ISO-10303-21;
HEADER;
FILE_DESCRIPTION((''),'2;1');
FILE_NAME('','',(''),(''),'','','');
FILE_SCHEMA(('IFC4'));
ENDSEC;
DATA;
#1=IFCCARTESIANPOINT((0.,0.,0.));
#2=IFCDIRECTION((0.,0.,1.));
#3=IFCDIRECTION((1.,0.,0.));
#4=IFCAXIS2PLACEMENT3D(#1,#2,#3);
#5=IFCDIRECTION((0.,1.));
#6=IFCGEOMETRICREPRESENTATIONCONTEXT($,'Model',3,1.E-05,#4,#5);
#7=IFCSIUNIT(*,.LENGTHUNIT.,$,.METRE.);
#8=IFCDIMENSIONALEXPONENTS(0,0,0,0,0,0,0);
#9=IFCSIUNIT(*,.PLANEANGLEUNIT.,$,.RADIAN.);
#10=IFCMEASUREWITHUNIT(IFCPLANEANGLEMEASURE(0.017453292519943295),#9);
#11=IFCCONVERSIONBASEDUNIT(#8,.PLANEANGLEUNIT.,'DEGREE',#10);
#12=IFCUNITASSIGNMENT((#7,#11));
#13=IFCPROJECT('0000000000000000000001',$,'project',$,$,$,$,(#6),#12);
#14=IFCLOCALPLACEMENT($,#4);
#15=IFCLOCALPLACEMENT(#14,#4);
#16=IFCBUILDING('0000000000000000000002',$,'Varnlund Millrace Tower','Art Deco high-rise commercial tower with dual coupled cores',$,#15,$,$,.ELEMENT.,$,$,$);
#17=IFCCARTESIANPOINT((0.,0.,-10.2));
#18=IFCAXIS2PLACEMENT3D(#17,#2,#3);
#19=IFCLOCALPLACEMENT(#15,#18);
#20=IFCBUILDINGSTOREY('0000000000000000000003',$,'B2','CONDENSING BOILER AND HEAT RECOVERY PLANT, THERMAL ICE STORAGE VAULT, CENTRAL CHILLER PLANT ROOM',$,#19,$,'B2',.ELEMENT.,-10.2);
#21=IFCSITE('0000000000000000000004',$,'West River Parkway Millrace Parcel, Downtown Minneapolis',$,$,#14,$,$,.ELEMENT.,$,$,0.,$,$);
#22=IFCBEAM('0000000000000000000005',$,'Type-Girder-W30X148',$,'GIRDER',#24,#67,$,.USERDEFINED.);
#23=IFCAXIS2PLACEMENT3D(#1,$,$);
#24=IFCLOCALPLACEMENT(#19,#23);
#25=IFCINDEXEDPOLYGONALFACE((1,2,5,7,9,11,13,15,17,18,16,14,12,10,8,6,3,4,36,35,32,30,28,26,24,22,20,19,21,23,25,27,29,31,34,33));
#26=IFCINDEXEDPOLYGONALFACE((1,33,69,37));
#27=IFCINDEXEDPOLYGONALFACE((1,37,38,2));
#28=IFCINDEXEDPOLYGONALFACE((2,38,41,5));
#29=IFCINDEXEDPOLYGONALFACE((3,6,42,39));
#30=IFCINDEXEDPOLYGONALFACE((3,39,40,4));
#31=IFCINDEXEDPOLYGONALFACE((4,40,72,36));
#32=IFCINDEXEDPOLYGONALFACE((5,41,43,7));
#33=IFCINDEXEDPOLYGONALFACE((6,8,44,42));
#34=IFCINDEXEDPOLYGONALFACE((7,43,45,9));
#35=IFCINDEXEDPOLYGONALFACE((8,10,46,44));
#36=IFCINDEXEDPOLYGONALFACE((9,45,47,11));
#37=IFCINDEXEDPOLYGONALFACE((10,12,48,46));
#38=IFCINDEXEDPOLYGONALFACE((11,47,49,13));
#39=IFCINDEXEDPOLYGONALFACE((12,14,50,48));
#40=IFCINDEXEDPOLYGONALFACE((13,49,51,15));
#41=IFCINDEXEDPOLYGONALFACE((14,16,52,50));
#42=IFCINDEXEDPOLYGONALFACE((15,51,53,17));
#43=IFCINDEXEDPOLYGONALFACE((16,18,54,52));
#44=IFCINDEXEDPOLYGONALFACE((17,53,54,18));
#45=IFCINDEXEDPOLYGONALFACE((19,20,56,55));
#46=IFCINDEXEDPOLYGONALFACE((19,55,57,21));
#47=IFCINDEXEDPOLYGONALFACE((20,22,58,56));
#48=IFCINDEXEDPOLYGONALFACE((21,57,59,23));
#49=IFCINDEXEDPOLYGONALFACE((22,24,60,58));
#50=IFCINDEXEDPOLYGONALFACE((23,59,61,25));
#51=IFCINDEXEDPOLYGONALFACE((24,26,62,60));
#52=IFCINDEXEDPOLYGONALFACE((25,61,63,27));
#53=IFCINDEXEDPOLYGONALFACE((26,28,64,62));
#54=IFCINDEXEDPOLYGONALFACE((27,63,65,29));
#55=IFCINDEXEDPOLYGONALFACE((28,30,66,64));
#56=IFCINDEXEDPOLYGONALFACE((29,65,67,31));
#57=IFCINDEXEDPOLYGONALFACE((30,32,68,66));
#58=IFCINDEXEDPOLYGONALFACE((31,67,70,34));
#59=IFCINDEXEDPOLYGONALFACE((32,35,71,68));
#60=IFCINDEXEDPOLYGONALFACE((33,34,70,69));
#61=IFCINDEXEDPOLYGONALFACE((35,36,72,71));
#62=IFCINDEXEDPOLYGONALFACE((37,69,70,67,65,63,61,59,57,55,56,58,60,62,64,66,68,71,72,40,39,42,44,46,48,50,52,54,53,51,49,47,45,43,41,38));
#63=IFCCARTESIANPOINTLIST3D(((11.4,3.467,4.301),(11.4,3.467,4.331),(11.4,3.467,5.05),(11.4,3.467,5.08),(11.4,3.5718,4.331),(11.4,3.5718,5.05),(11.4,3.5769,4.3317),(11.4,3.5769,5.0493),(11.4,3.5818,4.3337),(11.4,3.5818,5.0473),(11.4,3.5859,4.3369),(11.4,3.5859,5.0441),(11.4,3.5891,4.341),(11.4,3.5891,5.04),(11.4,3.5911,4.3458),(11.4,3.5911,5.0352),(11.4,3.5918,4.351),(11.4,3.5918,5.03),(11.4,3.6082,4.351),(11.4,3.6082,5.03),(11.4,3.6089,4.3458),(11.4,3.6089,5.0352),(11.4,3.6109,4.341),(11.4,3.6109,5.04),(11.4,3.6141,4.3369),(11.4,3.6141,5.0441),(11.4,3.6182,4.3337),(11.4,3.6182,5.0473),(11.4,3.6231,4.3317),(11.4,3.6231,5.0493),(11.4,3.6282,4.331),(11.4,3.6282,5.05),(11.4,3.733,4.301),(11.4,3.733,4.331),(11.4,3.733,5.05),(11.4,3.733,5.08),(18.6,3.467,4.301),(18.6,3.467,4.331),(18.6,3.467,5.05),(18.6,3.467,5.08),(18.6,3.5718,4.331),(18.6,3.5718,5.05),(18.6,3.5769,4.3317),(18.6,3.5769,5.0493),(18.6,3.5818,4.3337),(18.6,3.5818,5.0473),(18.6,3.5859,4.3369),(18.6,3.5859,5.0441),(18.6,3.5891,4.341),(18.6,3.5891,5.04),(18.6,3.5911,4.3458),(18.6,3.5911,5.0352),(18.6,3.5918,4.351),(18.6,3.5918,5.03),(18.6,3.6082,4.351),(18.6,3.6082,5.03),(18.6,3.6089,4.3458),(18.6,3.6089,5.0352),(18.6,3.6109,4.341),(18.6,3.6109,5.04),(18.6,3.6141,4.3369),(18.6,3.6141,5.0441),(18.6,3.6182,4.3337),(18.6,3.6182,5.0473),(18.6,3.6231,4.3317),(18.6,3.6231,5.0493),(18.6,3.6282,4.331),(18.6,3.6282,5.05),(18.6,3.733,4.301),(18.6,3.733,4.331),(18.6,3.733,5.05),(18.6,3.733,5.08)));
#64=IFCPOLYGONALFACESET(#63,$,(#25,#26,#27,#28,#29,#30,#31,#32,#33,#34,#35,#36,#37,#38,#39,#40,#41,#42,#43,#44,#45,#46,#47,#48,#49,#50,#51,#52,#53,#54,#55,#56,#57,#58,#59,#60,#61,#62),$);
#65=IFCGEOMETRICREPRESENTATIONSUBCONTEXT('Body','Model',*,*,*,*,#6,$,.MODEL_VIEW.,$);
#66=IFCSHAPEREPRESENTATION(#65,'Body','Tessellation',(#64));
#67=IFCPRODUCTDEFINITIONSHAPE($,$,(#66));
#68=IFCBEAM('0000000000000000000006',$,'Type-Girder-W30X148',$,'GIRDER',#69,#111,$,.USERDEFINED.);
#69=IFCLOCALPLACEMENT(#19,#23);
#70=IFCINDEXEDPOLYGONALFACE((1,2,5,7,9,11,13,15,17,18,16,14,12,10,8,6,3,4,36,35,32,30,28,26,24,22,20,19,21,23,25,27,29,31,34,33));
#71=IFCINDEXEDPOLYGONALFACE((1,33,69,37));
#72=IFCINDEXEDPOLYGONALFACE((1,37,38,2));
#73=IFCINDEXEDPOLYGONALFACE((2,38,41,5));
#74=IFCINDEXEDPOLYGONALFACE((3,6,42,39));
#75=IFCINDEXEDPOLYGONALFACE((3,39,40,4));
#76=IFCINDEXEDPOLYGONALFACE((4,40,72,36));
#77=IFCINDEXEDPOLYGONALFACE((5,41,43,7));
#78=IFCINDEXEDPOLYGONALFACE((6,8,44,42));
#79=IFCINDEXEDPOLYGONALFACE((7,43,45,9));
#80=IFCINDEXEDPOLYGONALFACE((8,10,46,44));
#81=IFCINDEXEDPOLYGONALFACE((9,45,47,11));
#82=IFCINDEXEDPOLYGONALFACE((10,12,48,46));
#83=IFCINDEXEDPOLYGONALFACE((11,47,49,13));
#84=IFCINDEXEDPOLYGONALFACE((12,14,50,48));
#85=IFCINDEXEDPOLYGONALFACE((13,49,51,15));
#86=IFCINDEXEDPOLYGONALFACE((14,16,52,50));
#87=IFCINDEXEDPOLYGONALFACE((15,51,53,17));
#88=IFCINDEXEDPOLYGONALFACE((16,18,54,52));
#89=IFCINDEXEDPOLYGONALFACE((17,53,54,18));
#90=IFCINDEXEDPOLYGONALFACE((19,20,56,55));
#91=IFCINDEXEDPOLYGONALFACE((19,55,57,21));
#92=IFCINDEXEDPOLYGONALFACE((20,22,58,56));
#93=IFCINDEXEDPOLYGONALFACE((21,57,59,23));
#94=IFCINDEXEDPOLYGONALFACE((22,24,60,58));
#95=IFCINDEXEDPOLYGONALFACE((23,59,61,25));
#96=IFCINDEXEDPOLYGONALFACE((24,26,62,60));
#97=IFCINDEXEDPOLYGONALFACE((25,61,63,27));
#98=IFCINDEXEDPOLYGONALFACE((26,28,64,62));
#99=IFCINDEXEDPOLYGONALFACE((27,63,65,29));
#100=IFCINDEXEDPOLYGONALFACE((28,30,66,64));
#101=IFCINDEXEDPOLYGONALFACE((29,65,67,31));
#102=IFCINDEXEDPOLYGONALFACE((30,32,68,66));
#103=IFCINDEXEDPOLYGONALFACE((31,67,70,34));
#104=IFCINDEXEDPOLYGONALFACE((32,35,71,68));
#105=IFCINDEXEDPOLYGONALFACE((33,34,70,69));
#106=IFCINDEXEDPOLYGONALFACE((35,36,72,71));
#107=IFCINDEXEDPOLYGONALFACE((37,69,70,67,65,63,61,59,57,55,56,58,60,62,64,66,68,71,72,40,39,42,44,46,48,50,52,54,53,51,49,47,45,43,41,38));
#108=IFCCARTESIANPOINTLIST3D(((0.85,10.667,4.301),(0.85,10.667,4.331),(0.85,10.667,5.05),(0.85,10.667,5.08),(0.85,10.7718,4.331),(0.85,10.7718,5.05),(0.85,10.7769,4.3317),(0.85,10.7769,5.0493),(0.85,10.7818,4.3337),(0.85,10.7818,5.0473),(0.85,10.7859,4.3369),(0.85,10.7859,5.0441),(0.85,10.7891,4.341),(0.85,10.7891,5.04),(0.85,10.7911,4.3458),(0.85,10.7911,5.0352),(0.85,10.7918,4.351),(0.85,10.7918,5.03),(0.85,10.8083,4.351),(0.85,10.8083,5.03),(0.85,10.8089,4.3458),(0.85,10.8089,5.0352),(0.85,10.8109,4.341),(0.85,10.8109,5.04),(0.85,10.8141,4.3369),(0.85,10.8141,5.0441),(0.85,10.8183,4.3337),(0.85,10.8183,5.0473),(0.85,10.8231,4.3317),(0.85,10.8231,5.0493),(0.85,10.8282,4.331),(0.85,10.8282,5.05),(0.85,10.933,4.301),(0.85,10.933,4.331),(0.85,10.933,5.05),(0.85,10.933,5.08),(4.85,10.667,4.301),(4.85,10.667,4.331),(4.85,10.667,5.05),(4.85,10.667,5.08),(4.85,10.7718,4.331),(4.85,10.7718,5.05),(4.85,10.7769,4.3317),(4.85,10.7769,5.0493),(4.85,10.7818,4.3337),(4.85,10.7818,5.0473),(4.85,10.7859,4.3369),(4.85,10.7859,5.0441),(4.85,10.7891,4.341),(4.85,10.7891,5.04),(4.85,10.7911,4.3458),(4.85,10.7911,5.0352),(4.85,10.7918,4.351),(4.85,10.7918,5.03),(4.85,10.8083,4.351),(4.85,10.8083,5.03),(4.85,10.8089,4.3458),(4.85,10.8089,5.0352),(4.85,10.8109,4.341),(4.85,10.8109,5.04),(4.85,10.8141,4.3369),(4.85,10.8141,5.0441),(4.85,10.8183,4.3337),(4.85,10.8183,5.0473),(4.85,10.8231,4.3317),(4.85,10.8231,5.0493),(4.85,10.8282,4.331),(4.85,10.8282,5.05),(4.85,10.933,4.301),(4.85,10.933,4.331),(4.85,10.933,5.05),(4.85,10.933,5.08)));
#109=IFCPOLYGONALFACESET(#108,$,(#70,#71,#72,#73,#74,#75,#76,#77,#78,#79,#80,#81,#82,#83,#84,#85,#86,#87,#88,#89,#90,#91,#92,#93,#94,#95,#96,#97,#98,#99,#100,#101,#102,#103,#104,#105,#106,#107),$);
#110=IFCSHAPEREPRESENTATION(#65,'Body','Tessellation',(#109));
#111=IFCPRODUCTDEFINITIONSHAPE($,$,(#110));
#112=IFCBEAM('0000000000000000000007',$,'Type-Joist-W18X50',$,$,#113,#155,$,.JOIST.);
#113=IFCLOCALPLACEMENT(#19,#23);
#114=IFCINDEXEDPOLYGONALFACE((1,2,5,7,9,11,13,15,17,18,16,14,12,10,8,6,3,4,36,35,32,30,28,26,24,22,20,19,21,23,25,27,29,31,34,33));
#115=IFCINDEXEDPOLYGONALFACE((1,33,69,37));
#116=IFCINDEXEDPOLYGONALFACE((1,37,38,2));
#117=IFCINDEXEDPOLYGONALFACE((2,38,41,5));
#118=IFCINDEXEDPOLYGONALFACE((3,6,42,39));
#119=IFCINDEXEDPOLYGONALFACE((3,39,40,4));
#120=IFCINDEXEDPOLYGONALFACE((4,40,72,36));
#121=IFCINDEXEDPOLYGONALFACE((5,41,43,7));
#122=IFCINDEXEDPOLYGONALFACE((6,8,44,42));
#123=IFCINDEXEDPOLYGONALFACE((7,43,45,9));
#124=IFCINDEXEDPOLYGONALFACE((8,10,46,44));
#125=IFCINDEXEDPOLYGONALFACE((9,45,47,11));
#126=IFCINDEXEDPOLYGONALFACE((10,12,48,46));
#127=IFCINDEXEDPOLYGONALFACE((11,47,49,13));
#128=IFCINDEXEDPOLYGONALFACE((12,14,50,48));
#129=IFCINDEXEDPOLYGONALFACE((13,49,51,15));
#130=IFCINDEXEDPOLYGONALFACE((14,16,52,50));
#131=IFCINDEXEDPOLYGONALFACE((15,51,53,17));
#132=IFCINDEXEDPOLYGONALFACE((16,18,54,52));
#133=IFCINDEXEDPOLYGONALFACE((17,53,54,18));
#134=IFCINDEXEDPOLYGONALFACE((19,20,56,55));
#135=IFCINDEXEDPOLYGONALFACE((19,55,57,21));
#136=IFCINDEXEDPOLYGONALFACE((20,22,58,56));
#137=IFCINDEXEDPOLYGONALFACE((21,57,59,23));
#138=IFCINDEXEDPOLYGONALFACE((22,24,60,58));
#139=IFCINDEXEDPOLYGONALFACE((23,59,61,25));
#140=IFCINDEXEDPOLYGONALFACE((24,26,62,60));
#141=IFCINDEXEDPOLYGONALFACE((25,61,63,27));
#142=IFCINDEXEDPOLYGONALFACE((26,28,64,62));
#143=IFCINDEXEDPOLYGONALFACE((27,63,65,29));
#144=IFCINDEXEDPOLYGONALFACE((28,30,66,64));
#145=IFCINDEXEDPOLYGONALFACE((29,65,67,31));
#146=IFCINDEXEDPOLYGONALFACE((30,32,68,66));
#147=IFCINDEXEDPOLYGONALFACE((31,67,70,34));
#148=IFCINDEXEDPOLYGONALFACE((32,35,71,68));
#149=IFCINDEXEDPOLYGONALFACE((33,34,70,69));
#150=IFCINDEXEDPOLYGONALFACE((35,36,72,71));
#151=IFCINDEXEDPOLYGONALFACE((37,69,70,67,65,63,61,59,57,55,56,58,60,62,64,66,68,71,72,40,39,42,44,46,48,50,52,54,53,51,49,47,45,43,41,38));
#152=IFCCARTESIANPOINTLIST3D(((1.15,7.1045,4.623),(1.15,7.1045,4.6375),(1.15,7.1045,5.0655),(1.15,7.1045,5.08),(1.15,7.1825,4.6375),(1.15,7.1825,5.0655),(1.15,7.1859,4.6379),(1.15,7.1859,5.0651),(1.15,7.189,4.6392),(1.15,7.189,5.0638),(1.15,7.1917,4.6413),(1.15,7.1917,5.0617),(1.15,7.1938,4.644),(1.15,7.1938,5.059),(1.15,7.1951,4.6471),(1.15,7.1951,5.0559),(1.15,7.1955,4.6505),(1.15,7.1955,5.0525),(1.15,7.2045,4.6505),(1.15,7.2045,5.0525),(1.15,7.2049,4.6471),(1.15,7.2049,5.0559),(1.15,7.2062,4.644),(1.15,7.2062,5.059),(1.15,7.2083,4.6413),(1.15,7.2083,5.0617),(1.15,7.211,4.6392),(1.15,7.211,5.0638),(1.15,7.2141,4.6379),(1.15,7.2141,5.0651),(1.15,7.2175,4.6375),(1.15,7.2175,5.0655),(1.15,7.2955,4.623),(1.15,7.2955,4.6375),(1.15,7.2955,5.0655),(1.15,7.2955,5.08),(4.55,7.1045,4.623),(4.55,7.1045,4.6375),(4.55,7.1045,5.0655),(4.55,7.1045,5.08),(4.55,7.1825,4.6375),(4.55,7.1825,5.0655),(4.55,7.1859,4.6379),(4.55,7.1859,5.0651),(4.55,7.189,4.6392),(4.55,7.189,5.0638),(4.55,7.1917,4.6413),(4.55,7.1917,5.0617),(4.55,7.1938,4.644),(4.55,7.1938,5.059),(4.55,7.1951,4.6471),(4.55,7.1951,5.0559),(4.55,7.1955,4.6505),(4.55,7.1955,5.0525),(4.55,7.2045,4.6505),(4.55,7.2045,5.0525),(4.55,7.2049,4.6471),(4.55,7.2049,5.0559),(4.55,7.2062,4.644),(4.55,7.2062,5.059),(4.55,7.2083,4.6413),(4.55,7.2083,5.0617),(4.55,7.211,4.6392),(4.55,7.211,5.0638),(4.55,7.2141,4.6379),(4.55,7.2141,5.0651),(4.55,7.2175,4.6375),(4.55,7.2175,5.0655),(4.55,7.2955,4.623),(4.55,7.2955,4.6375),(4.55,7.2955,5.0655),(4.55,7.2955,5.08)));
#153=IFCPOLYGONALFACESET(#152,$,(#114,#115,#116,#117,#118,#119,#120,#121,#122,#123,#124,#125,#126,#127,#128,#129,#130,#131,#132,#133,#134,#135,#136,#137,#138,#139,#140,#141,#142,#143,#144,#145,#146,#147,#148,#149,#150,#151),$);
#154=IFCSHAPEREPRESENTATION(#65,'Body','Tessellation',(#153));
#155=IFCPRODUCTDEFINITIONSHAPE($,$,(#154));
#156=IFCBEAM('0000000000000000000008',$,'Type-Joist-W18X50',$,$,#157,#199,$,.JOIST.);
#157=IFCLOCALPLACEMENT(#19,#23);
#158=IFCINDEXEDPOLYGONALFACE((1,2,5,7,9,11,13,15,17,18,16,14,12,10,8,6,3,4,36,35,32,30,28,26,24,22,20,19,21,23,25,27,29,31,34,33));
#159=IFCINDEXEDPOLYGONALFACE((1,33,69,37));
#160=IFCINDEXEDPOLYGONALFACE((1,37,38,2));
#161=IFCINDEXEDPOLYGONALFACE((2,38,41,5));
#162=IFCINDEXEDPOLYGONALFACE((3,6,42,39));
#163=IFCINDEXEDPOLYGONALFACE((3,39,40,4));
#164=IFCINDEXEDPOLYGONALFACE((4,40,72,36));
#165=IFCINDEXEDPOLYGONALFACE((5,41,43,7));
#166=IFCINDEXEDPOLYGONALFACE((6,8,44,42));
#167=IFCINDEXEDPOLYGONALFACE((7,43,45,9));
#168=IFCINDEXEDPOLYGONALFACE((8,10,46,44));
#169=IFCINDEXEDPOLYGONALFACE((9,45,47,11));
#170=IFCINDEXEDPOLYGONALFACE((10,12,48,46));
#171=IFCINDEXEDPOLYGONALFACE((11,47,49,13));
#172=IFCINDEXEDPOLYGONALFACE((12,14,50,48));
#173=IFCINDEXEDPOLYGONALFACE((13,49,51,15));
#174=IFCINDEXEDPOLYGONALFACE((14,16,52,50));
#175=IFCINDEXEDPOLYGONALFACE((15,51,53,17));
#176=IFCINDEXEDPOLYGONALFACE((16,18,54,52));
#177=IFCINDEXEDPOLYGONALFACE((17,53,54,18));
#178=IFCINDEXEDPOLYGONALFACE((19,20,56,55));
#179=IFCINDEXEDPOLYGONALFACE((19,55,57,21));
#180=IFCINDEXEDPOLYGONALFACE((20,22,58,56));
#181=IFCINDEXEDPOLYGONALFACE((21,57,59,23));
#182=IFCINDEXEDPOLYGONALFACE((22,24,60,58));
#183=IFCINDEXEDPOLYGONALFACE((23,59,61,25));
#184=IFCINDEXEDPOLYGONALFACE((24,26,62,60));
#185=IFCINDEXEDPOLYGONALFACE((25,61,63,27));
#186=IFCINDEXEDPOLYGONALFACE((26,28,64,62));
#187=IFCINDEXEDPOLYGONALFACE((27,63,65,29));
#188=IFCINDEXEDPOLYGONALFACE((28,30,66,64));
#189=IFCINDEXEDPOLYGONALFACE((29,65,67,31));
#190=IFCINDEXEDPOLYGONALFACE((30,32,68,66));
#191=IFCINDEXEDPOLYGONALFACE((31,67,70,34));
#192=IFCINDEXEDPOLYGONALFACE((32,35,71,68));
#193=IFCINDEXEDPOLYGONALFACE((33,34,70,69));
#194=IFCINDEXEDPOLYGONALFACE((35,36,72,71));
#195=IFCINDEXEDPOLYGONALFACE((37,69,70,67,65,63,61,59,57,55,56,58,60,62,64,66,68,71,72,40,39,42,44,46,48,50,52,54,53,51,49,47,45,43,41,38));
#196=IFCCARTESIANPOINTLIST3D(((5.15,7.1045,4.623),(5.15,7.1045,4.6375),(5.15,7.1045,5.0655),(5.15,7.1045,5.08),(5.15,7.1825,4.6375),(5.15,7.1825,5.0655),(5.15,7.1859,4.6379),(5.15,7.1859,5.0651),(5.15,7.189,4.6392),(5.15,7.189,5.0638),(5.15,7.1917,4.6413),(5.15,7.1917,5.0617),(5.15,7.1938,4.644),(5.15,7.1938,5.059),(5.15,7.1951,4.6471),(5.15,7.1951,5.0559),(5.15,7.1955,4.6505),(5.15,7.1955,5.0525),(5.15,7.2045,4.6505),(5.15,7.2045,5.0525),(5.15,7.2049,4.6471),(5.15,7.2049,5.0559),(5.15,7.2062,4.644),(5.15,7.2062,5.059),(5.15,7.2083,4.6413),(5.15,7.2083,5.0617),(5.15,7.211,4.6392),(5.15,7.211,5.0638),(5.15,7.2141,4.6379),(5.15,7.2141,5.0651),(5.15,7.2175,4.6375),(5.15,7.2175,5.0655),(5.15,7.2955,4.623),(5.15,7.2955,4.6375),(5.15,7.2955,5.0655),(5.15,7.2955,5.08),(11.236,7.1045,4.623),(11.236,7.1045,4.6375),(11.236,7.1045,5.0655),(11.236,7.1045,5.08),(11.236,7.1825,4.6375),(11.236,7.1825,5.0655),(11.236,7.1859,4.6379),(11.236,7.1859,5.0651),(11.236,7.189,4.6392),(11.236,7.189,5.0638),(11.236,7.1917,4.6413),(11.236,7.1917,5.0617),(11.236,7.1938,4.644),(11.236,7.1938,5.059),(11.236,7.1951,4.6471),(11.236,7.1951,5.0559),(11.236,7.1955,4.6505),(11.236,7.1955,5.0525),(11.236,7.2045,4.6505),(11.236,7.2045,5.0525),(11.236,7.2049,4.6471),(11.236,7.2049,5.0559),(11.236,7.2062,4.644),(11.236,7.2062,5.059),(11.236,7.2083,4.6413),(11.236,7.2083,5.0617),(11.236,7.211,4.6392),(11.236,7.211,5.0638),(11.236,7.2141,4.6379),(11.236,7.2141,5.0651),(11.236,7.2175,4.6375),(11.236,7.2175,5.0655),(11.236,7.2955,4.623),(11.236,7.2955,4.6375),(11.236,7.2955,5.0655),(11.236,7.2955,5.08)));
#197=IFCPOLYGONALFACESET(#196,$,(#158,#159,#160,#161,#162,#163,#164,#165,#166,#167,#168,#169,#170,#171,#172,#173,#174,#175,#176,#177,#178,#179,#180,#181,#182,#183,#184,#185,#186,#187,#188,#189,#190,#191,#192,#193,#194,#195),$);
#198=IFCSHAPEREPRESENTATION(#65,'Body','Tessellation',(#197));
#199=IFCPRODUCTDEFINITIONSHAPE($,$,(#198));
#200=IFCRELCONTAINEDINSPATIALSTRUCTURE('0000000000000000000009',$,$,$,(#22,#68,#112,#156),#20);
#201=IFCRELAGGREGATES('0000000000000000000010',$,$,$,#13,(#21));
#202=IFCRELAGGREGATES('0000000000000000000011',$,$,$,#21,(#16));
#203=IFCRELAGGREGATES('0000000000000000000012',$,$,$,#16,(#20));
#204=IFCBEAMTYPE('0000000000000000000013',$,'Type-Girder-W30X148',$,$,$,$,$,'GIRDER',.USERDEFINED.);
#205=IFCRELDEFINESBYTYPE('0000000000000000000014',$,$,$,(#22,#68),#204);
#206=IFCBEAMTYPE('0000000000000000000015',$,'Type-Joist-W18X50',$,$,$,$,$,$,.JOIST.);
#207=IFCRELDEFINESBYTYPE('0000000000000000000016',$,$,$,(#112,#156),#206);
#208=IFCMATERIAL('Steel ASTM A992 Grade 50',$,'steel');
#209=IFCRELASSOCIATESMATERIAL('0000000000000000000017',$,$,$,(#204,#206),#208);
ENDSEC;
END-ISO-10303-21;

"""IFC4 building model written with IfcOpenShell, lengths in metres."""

from ifc_helpers import new_model, entity, si_unit, converted_unit, direction, frame, origin_with_axes, origin_2d_with_axis, place, context, subcontext, project, spatial, i_section, extrude, material, material_profile, profile_set, type_object, element, save


model = new_model("IFC4")

# Units and contexts
model_context = context("Model", 3, precision=1e-05, world=origin_with_axes(), true_north=direction((0.0, 1.0)))
body_context = subcontext(model_context, "Body", "Model", "MODEL_VIEW")
ifc_project = project(units=[si_unit("LENGTHUNIT", "METRE"), converted_unit("PLANEANGLEUNIT", "DEGREE", entity("IfcPlaneAngleMeasure", 0.017453292519943295), si_unit("PLANEANGLEUNIT", "RADIAN"), dimensions=[0, 0, 0, 0, 0, 0, 0])], contexts=[model_context])

# Site, building, storey
site_placement = place(None, origin_with_axes())
site = spatial("IfcSite", under=ifc_project, at=site_placement, Name="West River Parkway Millrace Parcel, Downtown Minneapolis", CompositionType="ELEMENT", RefElevation=0.0)
building_placement = place(site_placement, origin_with_axes())
building = spatial("IfcBuilding", under=site, at=building_placement, Name="Varnlund Millrace Tower", Description="Art Deco high-rise commercial tower with dual coupled cores", CompositionType="ELEMENT")
storey_placement = place(building_placement, frame((0.0, 0.0, -10.2), z_axis=(0.0, 0.0, 1.0), x_axis=(1.0, 0.0, 0.0)))
storey = spatial("IfcBuildingStorey", under=building, at=storey_placement, Name="B2", Description="CONDENSING BOILER AND HEAT RECOVERY PLANT, THERMAL ICE STORAGE VAULT, CENTRAL CHILLER PLANT ROOM", LongName="B2", CompositionType="ELEMENT", Elevation=-10.2)

# Beams
ifc_material_1 = material(Name="Steel ASTM A992 Grade 50", Category="steel")
ifc_material_profile_1 = material_profile(ifc_material_1, i_section(OverallWidth=0.266, OverallDepth=0.779, WebThickness=0.0165, FlangeThickness=0.03, FilletRadius=0.02, at=origin_2d_with_axis()), Name="Steel ASTM A992 Grade 50")
ifc_profile_set_1 = profile_set([ifc_material_profile_1], Name="Steel ASTM A992 Grade 50")
beam_type_1 = type_object("IfcBeamType", Name="Type-Girder-W30X148", ElementType="GIRDER", PredefinedType="USERDEFINED", material=ifc_profile_set_1)
beam_1_placement = place(storey_placement, frame((11.4, 3.6, 4.6905), z_axis=(1.0, 0.0, 0.0), x_axis=(0.0, 1.0, 0.0)))
element("IfcBeam", 1, at=beam_1_placement, inside=storey, type_object=beam_type_1, Name="Type-Girder-W30X148", ObjectType="GIRDER", PredefinedType="USERDEFINED", context=body_context, shape_type="SweptSolid", body=[
    extrude(i_section(OverallWidth=0.266, OverallDepth=0.779, WebThickness=0.0165, FlangeThickness=0.03, FilletRadius=0.02, at=origin_2d_with_axis()), origin_with_axes(), (0.0, 0.0, 1.0), 7.2),
])
beam_2_placement = place(storey_placement, frame((0.85, 10.8, 4.6905), z_axis=(1.0, 0.0, 0.0), x_axis=(0.0, 1.0, 0.0)))
element("IfcBeam", 2, at=beam_2_placement, inside=storey, type_object=beam_type_1, Name="Type-Girder-W30X148", ObjectType="GIRDER", PredefinedType="USERDEFINED", context=body_context, shape_type="SweptSolid", body=[
    extrude(i_section(OverallWidth=0.266, OverallDepth=0.779, WebThickness=0.0165, FlangeThickness=0.03, FilletRadius=0.02, at=origin_2d_with_axis()), origin_with_axes(), (0.0, 0.0, 1.0), 4.0),
])
ifc_material_profile_2 = material_profile(ifc_material_1, i_section(OverallWidth=0.191, OverallDepth=0.457, WebThickness=0.009, FlangeThickness=0.0145, FilletRadius=0.013, at=origin_2d_with_axis()), Name="Steel ASTM A992 Grade 50")
ifc_profile_set_2 = profile_set([ifc_material_profile_2], Name="Steel ASTM A992 Grade 50")
beam_type_2 = type_object("IfcBeamType", Name="Type-Joist-W18X50", PredefinedType="JOIST", material=ifc_profile_set_2)
beam_3_placement = place(storey_placement, frame((1.15, 7.2, 4.8515), z_axis=(1.0, 0.0, 0.0), x_axis=(0.0, 1.0, 0.0)))
element("IfcBeam", 3, at=beam_3_placement, inside=storey, type_object=beam_type_2, Name="Type-Joist-W18X50", PredefinedType="JOIST", context=body_context, shape_type="SweptSolid", body=[
    extrude(i_section(OverallWidth=0.191, OverallDepth=0.457, WebThickness=0.009, FlangeThickness=0.0145, FilletRadius=0.013, at=origin_2d_with_axis()), origin_with_axes(), (0.0, 0.0, 1.0), 3.4),
])
beam_4_placement = place(storey_placement, frame((5.15, 7.2, 4.8515), z_axis=(1.0, 0.0, 0.0), x_axis=(0.0, 1.0, 0.0)))
element("IfcBeam", 4, at=beam_4_placement, inside=storey, type_object=beam_type_2, Name="Type-Joist-W18X50", PredefinedType="JOIST", context=body_context, shape_type="SweptSolid", body=[
    extrude(i_section(OverallWidth=0.191, OverallDepth=0.457, WebThickness=0.009, FlangeThickness=0.0145, FilletRadius=0.013, at=origin_2d_with_axis()), origin_with_axes(), (0.0, 0.0, 1.0), 6.086),
])

save(model, "model.ifc")
